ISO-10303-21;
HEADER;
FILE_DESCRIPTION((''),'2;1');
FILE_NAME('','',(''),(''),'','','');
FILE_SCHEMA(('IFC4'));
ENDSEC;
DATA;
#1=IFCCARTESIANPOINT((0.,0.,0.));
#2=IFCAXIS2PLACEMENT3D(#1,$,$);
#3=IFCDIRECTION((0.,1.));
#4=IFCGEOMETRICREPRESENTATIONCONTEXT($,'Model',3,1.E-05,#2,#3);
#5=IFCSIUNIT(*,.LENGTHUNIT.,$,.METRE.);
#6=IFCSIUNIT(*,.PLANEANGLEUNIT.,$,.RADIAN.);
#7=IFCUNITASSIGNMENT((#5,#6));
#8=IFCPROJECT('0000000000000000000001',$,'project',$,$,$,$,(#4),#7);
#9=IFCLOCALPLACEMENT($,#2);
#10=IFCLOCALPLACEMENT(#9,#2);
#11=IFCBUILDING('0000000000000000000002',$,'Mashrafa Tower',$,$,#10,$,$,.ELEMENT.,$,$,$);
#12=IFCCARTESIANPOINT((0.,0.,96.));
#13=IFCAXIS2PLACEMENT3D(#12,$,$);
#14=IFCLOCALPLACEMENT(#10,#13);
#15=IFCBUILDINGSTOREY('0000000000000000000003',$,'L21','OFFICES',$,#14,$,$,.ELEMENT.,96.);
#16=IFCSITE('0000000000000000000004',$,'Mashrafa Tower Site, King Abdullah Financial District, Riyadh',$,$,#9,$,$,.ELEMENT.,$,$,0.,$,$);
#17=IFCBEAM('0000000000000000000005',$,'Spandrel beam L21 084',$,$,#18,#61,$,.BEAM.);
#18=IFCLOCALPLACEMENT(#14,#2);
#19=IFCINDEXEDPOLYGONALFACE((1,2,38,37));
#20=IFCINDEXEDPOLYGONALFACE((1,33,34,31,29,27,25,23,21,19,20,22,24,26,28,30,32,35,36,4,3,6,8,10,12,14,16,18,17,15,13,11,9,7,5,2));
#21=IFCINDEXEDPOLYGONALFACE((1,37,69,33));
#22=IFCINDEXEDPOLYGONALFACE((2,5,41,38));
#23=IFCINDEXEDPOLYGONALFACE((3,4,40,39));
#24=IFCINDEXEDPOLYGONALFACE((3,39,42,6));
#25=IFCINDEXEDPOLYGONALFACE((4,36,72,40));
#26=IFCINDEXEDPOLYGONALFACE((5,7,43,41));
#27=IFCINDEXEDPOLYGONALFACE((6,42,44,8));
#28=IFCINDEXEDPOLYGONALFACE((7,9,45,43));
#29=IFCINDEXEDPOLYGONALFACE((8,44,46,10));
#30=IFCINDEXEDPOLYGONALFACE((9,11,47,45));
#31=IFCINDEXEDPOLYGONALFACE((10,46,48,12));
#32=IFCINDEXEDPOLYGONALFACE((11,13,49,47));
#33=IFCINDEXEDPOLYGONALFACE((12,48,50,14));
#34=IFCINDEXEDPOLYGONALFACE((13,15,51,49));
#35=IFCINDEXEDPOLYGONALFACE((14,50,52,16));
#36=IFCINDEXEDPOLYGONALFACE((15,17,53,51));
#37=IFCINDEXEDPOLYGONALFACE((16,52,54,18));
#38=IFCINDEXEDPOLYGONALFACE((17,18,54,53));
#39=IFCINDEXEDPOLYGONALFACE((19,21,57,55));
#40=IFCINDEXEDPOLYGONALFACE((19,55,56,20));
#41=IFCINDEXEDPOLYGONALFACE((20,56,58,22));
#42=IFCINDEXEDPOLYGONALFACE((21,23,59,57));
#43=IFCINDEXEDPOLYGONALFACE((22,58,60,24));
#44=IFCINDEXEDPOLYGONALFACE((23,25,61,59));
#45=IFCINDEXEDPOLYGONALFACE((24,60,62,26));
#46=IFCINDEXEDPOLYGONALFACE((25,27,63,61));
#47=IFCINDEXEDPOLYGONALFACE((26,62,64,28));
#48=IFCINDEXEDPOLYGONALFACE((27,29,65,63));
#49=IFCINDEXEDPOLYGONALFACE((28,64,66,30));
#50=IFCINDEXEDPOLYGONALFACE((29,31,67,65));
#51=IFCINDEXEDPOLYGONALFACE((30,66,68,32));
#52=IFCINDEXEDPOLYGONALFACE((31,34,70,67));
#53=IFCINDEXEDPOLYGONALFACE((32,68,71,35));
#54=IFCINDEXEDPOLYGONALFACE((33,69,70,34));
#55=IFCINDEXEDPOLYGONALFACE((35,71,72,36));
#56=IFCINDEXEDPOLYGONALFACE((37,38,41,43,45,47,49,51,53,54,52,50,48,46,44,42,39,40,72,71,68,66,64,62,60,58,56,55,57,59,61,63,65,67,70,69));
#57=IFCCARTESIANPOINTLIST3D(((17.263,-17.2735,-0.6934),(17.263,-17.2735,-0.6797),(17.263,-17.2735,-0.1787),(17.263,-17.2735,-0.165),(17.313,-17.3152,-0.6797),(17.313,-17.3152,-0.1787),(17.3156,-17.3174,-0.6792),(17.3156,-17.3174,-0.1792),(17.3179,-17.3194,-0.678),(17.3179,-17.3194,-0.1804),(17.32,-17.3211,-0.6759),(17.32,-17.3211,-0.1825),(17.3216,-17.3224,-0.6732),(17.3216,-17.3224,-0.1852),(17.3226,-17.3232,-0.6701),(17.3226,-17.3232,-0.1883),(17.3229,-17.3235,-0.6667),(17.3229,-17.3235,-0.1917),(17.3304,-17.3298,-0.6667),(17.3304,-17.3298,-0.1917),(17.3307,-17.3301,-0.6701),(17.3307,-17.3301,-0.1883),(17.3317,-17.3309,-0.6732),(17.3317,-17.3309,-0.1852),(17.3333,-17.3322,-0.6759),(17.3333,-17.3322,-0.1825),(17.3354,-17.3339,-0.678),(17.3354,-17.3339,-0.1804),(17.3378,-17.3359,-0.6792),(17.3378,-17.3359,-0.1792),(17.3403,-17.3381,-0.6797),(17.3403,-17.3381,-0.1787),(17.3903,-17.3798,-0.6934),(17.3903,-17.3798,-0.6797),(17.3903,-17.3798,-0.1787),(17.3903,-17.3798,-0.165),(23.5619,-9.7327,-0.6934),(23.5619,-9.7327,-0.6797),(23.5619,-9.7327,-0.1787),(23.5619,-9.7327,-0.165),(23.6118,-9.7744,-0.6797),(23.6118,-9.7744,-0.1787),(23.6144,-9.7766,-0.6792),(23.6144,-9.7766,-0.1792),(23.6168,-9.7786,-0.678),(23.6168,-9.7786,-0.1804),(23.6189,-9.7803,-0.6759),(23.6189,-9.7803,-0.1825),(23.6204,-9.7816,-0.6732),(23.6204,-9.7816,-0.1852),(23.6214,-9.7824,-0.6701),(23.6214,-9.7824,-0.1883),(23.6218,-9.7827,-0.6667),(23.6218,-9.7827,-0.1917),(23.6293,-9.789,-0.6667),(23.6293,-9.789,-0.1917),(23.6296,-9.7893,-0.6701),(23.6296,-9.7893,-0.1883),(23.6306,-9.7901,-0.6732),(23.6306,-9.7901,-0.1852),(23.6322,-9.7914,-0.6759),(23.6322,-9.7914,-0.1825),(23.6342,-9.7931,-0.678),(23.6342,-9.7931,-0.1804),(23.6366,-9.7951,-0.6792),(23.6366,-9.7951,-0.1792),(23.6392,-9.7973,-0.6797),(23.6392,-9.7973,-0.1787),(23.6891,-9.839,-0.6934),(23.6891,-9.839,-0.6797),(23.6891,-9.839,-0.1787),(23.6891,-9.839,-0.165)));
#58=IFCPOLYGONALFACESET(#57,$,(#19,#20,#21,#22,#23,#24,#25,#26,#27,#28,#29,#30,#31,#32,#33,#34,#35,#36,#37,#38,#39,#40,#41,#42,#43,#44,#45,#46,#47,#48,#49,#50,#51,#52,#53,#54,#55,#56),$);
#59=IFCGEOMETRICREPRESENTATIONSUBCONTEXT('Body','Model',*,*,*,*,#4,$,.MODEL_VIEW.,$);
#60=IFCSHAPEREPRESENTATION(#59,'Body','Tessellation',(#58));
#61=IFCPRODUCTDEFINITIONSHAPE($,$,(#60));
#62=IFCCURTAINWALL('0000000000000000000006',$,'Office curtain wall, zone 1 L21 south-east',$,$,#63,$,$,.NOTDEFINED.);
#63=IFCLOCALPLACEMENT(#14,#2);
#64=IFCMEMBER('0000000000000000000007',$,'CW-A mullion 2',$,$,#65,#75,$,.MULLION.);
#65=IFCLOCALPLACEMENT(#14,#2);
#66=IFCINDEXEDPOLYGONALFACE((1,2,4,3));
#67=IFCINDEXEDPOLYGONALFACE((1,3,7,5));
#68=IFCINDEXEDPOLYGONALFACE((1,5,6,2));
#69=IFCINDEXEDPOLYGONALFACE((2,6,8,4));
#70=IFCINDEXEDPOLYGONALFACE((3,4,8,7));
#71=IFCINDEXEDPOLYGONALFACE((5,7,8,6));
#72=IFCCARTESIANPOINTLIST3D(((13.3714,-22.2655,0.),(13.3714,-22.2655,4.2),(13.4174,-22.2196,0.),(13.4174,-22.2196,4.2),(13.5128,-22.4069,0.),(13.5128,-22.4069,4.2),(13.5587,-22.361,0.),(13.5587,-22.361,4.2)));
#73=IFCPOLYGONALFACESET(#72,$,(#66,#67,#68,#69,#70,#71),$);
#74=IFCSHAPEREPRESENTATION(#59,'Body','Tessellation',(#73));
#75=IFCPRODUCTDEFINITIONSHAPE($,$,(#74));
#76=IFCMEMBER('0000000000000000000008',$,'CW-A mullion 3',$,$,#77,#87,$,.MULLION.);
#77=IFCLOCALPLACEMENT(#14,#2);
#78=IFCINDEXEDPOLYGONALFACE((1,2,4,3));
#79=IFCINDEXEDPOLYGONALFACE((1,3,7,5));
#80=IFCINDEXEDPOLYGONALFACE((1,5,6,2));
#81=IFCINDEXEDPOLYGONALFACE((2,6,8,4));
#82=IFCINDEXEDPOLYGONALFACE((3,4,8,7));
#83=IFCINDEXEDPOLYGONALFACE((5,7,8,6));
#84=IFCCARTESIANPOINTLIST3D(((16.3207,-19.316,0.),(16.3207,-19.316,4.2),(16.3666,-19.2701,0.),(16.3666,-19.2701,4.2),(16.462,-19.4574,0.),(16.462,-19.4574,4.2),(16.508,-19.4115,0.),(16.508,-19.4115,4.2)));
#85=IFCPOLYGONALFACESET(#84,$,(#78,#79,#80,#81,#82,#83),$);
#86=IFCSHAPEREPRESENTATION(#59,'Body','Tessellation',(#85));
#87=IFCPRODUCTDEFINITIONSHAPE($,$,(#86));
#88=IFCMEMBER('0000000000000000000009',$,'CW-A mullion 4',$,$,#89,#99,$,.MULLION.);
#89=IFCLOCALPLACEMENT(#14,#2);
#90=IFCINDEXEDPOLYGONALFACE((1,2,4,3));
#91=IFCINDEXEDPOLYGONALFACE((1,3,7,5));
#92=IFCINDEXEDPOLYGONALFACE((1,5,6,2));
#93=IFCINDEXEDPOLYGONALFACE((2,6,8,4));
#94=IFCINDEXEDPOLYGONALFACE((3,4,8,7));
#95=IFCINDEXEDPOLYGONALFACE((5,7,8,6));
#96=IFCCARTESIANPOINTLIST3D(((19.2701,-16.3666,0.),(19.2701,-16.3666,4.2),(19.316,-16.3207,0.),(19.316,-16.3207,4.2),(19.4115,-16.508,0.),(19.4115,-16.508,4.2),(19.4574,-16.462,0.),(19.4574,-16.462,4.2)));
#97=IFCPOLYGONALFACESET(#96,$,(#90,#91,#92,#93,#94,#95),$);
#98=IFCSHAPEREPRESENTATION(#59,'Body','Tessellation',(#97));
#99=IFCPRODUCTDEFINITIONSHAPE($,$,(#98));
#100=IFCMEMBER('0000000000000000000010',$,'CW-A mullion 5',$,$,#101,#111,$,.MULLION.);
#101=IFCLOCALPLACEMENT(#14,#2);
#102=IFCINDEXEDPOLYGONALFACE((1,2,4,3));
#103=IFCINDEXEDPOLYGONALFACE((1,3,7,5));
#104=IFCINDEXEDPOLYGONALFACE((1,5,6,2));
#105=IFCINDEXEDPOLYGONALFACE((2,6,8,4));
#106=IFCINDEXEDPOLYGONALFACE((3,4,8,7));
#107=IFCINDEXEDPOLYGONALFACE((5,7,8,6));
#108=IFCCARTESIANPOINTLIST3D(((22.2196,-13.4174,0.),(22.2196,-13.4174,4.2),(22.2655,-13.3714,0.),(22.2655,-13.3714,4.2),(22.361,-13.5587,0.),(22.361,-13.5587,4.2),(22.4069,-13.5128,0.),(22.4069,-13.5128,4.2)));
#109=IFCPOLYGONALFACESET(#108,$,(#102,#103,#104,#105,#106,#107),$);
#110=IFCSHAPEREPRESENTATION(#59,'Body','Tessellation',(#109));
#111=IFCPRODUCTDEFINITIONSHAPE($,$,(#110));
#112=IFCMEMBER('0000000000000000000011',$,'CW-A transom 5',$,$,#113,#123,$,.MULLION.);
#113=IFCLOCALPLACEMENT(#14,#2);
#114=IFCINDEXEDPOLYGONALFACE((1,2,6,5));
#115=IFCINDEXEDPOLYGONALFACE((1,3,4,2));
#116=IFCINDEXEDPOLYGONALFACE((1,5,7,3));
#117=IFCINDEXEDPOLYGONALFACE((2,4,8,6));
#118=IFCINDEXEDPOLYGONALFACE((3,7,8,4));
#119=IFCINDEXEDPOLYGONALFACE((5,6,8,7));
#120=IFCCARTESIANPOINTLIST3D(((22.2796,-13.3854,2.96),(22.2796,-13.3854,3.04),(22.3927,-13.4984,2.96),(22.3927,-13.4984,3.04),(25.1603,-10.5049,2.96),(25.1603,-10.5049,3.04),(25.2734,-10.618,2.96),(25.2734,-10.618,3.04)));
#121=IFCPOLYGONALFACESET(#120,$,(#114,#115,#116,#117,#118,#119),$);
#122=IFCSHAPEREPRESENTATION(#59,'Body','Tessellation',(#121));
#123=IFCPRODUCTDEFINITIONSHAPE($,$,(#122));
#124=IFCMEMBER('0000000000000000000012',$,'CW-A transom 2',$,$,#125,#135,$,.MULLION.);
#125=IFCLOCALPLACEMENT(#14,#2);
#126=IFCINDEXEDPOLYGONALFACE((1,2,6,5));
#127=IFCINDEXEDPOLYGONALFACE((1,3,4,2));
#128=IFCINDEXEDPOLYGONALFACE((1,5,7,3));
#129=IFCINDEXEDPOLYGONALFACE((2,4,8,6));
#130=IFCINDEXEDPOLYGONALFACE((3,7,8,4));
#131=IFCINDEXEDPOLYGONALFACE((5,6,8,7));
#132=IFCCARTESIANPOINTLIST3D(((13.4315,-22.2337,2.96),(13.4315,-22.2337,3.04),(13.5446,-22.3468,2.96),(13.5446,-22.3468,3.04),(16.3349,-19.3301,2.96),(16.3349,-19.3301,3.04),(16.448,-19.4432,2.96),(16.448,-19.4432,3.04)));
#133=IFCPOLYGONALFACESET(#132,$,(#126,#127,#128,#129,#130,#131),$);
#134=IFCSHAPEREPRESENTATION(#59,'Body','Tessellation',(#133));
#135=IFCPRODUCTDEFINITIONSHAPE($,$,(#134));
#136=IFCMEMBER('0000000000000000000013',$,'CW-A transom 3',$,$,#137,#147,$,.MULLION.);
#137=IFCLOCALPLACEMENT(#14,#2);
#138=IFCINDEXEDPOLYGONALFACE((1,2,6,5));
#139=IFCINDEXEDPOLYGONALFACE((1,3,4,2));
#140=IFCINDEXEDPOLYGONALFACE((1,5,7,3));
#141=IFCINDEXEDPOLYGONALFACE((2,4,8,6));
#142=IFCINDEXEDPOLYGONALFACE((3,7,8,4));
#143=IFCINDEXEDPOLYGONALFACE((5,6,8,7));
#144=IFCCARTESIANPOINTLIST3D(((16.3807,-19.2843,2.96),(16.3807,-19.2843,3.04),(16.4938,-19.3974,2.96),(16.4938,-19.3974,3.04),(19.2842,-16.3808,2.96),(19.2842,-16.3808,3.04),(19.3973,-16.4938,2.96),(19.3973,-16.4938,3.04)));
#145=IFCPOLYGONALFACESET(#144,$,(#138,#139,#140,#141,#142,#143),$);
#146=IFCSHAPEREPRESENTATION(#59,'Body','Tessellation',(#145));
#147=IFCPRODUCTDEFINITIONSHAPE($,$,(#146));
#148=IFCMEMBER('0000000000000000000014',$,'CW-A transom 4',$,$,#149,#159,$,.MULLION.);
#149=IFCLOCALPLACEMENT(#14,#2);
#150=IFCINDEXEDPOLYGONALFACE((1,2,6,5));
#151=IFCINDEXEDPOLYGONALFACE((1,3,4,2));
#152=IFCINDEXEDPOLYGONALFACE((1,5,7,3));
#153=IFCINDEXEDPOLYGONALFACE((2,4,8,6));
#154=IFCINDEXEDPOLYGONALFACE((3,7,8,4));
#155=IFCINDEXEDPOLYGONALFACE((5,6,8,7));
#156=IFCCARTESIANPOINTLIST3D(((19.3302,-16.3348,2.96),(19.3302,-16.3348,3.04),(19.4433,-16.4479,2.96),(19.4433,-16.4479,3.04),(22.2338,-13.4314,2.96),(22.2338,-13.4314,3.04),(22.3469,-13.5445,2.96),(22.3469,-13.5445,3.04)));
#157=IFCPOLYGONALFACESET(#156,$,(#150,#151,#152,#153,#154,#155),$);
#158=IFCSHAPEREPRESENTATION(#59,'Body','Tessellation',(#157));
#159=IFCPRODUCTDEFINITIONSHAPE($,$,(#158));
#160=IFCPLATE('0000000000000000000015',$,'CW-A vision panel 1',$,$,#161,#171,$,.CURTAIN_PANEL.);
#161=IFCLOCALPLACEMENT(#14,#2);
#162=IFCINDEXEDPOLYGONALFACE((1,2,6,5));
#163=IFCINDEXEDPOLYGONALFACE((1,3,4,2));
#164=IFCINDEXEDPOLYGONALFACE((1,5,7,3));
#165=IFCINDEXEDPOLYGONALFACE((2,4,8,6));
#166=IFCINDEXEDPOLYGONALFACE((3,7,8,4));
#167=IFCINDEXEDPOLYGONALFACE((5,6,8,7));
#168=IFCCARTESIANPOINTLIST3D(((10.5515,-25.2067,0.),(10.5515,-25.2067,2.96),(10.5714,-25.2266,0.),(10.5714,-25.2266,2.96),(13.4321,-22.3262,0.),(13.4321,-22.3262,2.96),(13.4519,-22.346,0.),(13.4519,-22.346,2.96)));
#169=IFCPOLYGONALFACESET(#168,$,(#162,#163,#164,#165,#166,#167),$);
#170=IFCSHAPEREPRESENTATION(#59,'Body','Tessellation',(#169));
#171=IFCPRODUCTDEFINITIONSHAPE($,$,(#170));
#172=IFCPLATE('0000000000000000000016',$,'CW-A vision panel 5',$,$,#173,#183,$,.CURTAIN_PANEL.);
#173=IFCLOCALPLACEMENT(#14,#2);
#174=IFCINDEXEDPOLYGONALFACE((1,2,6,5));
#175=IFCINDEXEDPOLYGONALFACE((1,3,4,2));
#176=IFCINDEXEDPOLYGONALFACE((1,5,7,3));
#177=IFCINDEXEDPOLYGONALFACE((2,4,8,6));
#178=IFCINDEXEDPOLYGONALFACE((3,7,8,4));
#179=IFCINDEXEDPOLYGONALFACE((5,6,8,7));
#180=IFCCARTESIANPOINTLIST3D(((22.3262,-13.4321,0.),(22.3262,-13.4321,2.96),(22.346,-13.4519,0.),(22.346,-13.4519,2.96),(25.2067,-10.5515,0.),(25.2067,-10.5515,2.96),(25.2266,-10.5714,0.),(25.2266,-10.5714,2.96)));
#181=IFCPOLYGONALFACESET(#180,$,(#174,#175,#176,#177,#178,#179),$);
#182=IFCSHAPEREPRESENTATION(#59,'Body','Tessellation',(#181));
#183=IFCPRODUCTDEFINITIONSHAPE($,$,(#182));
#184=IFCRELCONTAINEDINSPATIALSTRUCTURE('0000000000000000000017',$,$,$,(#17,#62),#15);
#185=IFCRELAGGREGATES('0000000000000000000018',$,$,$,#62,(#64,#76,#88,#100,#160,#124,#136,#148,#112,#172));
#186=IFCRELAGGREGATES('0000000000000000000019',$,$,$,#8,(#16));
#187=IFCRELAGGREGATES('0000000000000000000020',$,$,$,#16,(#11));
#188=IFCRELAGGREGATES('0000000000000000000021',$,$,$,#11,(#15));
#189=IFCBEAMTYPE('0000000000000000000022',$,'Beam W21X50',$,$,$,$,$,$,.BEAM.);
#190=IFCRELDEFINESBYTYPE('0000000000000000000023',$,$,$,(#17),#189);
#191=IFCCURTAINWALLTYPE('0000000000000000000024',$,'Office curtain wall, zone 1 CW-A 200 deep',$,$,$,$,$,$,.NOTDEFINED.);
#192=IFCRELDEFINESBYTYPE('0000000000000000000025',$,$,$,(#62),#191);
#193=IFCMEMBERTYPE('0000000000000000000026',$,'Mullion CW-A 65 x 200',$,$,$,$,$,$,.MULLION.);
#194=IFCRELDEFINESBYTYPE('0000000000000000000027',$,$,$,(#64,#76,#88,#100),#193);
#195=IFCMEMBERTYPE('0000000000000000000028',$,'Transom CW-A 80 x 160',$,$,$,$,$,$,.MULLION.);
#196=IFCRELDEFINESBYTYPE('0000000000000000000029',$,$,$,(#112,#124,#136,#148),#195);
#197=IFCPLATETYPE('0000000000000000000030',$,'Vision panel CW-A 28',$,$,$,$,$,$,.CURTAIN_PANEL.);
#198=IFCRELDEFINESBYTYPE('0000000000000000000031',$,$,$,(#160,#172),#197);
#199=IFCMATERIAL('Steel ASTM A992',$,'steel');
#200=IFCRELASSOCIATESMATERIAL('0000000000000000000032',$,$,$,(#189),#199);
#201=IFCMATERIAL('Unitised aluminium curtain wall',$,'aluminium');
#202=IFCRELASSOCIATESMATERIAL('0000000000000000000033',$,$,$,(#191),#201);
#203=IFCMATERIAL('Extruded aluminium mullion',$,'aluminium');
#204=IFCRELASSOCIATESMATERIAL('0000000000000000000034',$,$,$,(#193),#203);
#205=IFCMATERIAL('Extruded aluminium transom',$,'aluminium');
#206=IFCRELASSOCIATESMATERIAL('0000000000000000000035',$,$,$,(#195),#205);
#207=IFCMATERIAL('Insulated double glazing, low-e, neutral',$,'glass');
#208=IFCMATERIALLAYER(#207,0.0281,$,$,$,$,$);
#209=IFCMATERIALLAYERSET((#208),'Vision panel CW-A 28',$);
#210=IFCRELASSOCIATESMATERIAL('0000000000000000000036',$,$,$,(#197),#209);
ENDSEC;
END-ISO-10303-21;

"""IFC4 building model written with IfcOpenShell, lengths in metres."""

from ifc_helpers import new_model, si_unit, direction, frame, origin, origin_2d, place, context, subcontext, project, spatial, rectangle, i_section, extrude, source, transform, mapped, material, layer, layer_set, material_profile, profile_set, type_object, type_shapes, element, aggregate, save


model = new_model("IFC4")

# Units and contexts
model_context = context("Model", 3, precision=1e-05, world=origin(), true_north=direction((0.0, 1.0)))
body_context = subcontext(model_context, "Body", "Model", "MODEL_VIEW")
ifc_project = project(units=[si_unit("LENGTHUNIT", "METRE"), si_unit("PLANEANGLEUNIT", "RADIAN")], contexts=[model_context])

# Site, building, storey
site_placement = place(None, origin())
site = spatial("IfcSite", under=ifc_project, at=site_placement, Name="Mashrafa Tower Site, King Abdullah Financial District, Riyadh", CompositionType="ELEMENT", RefElevation=0.0)
building_placement = place(site_placement, origin())
building = spatial("IfcBuilding", under=site, at=building_placement, Name="Mashrafa Tower", CompositionType="ELEMENT")
storey_placement = place(building_placement, frame((0.0, 0.0, 96.0)))
storey = spatial("IfcBuildingStorey", under=building, at=storey_placement, Name="L21", Description="OFFICES", CompositionType="ELEMENT", Elevation=96.0)

# Beam
ifc_material_1 = material(Name="Steel ASTM A992", Category="steel")
ifc_material_profile_1 = material_profile(ifc_material_1, i_section(OverallWidth=0.1658, OverallDepth=0.5283, WebThickness=0.0098, FlangeThickness=0.0137, FilletRadius=0.0129, at=origin_2d()), Name="W21X50")
ifc_profile_set_1 = profile_set([ifc_material_profile_1], Name="Steel ASTM A992")
beam_type_1 = type_object("IfcBeamType", Name="Beam W21X50", PredefinedType="BEAM", material=ifc_profile_set_1)
beam_1_placement = place(storey_placement, frame((17.3267, -17.3267, -0.4292), z_axis=(0.641076, 0.767477, 0.0), x_axis=(-0.767477, 0.641076, 0.0)))
element("IfcBeam", 1, at=beam_1_placement, inside=storey, type_object=beam_type_1, Name="Spandrel beam L21 084", PredefinedType="BEAM", context=body_context, shape_type="SweptSolid", body=[
    extrude(i_section(OverallWidth=0.1658, OverallDepth=0.5283, WebThickness=0.0098, FlangeThickness=0.0137, FilletRadius=0.0129, at=origin_2d()), origin(), (0.0, 0.0, 1.0), 9.8254),
])

# Curtain wall, members, plates
ifc_material_2 = material(Name="Unitised aluminium curtain wall", Category="aluminium")
curtain_wall_type = type_object("IfcCurtainWallType", Name="Office curtain wall, zone 1 CW-A 200 deep", PredefinedType="NOTDEFINED", material=ifc_material_2)
curtain_wall_placement = place(storey_placement, origin())
curtain_wall = element("IfcCurtainWall", 2, at=curtain_wall_placement, inside=storey, type_object=curtain_wall_type, Name="Office curtain wall, zone 1 L21 south-east", PredefinedType="NOTDEFINED")
ifc_material_3 = material(Name="Extruded aluminium mullion", Category="aluminium")
ifc_material_profile_2 = material_profile(ifc_material_3, rectangle(XDim=0.2, YDim=0.0649, at=origin_2d()), Name="Mullion 65x200")
ifc_profile_set_2 = profile_set([ifc_material_profile_2], Name="Extruded aluminium mullion")
member_type_1 = type_object("IfcMemberType", Name="Mullion CW-A 65 x 200", PredefinedType="MULLION", material=ifc_profile_set_2)
shared_shape_1 = source(origin(), body_context, "Body", "SweptSolid", [
    extrude(rectangle(XDim=0.2, YDim=0.0649, at=origin_2d()), origin(), (0.0, 0.0, 1.0), 4.2),
])
type_shapes(member_type_1, [shared_shape_1])
member_1_placement = place(storey_placement, frame((13.4651, -22.3132, 0.0), z_axis=(0.0, 0.0, 1.0), x_axis=(-0.707107, 0.707107, 0.0)))
member_1 = element("IfcMember", 3, at=member_1_placement, type_object=member_type_1, Name="CW-A mullion 2", PredefinedType="MULLION", context=body_context, shape_type="MappedRepresentation", body=[
    mapped(shared_shape_1, transform((0.0, 0.0, 0.0))),
])
member_2_placement = place(storey_placement, frame((16.4143, -19.3638, 0.0), z_axis=(0.0, 0.0, 1.0), x_axis=(-0.707107, 0.707107, 0.0)))
member_2 = element("IfcMember", 4, at=member_2_placement, type_object=member_type_1, Name="CW-A mullion 3", PredefinedType="MULLION", context=body_context, shape_type="MappedRepresentation", body=[
    mapped(shared_shape_1, transform((0.0, 0.0, 0.0))),
])
member_3_placement = place(storey_placement, frame((19.3638, -16.4143, 0.0), z_axis=(0.0, 0.0, 1.0), x_axis=(-0.707107, 0.707107, 0.0)))
member_3 = element("IfcMember", 5, at=member_3_placement, type_object=member_type_1, Name="CW-A mullion 4", PredefinedType="MULLION", context=body_context, shape_type="MappedRepresentation", body=[
    mapped(shared_shape_1, transform((0.0, 0.0, 0.0))),
])
member_4_placement = place(storey_placement, frame((22.3132, -13.4651, 0.0), z_axis=(0.0, 0.0, 1.0), x_axis=(-0.707107, 0.707107, 0.0)))
member_4 = element("IfcMember", 6, at=member_4_placement, type_object=member_type_1, Name="CW-A mullion 5", PredefinedType="MULLION", context=body_context, shape_type="MappedRepresentation", body=[
    mapped(shared_shape_1, transform((0.0, 0.0, 0.0))),
])
ifc_material_4 = material(Name="Extruded aluminium transom", Category="aluminium")
ifc_material_profile_3 = material_profile(ifc_material_4, rectangle(XDim=0.1599, YDim=0.0801, at=origin_2d()), Name="Transom 80x160")
ifc_profile_set_3 = profile_set([ifc_material_profile_3], Name="Extruded aluminium transom")
member_type_2 = type_object("IfcMemberType", Name="Transom CW-A 80 x 160", PredefinedType="MULLION", material=ifc_profile_set_3)
shared_shape_2 = source(origin(), body_context, "Body", "SweptSolid", [
    extrude(rectangle(XDim=0.1599, YDim=0.0801, at=origin_2d()), origin(), (0.0, 0.0, 1.0), 4.0737),
])
member_5_placement = place(storey_placement, frame((22.3362, -13.4419, 3.0), z_axis=(0.707137, 0.707077, 0.0), x_axis=(-0.707077, 0.707137, 0.0)))
member_5 = element("IfcMember", 7, at=member_5_placement, type_object=member_type_2, Name="CW-A transom 5", PredefinedType="MULLION", context=body_context, shape_type="MappedRepresentation", body=[
    mapped(shared_shape_2, transform((0.0, 0.0, 0.0))),
])
shared_shape_3 = source(origin(), body_context, "Body", "SweptSolid", [
    extrude(rectangle(XDim=0.1599, YDim=0.0801, at=origin_2d()), origin(), (0.0, 0.0, 1.0), 4.1062),
])
type_shapes(member_type_2, [shared_shape_2, shared_shape_3])
member_6_placement = place(storey_placement, frame((13.488, -22.2903, 3.0), z_axis=(0.707077, 0.707137, 0.0), x_axis=(-0.707137, 0.707077, 0.0)))
member_6 = element("IfcMember", 8, at=member_6_placement, type_object=member_type_2, Name="CW-A transom 2", PredefinedType="MULLION", context=body_context, shape_type="MappedRepresentation", body=[
    mapped(shared_shape_3, transform((0.0, 0.0, 0.0))),
])
member_7_placement = place(storey_placement, frame((16.4373, -19.3408, 3.0), z_axis=(0.707107, 0.707107, 0.0), x_axis=(-0.707107, 0.707107, 0.0)))
member_7 = element("IfcMember", 9, at=member_7_placement, type_object=member_type_2, Name="CW-A transom 3", PredefinedType="MULLION", context=body_context, shape_type="MappedRepresentation", body=[
    mapped(shared_shape_3, transform((0.0, 0.0, 0.0))),
])
member_8_placement = place(storey_placement, frame((19.3867, -16.3914, 3.0), z_axis=(0.707137, 0.707077, 0.0), x_axis=(-0.707077, 0.707137, 0.0)))
member_8 = element("IfcMember", 10, at=member_8_placement, type_object=member_type_2, Name="CW-A transom 4", PredefinedType="MULLION", context=body_context, shape_type="MappedRepresentation", body=[
    mapped(shared_shape_3, transform((0.0, 0.0, 0.0))),
])
ifc_material_5 = material(Name="Insulated double glazing, low-e, neutral", Category="glass")
ifc_layer_1 = layer(ifc_material_5, 0.0281)
ifc_layer_set_1 = layer_set([ifc_layer_1], Name="Vision panel CW-A 28")
plate_type_1 = type_object("IfcPlateType", Name="Vision panel CW-A 28", PredefinedType="CURTAIN_PANEL", material=ifc_layer_set_1)
shared_shape_4 = source(origin(), body_context, "Body", "SweptSolid", [
    extrude(rectangle(XDim=4.0737, YDim=0.0281, at=origin_2d()), origin(), (0.0, 0.0, 1.0), 2.96),
])
plate_1_placement = place(storey_placement, frame((12.0017, -23.7764, 0.0), z_axis=(0.0, 0.0, 1.0), x_axis=(0.707107, 0.707107, 0.0)))
plate_1 = element("IfcPlate", 11, at=plate_1_placement, type_object=plate_type_1, Name="CW-A vision panel 1", PredefinedType="CURTAIN_PANEL", context=body_context, shape_type="MappedRepresentation", body=[
    mapped(shared_shape_4, transform((0.0, 0.0, 0.0))),
])
plate_2_placement = place(storey_placement, frame((23.7764, -12.0017, 0.0), z_axis=(0.0, 0.0, 1.0), x_axis=(0.707107, 0.707107, 0.0)))
plate_2 = element("IfcPlate", 12, at=plate_2_placement, type_object=plate_type_1, Name="CW-A vision panel 5", PredefinedType="CURTAIN_PANEL", context=body_context, shape_type="MappedRepresentation", body=[
    mapped(shared_shape_4, transform((0.0, 0.0, 0.0))),
])
aggregate(curtain_wall, [member_1, member_2, member_3, member_4, plate_1, member_6, member_7, member_8, member_5, plate_2])

save(model, "model.ifc")
